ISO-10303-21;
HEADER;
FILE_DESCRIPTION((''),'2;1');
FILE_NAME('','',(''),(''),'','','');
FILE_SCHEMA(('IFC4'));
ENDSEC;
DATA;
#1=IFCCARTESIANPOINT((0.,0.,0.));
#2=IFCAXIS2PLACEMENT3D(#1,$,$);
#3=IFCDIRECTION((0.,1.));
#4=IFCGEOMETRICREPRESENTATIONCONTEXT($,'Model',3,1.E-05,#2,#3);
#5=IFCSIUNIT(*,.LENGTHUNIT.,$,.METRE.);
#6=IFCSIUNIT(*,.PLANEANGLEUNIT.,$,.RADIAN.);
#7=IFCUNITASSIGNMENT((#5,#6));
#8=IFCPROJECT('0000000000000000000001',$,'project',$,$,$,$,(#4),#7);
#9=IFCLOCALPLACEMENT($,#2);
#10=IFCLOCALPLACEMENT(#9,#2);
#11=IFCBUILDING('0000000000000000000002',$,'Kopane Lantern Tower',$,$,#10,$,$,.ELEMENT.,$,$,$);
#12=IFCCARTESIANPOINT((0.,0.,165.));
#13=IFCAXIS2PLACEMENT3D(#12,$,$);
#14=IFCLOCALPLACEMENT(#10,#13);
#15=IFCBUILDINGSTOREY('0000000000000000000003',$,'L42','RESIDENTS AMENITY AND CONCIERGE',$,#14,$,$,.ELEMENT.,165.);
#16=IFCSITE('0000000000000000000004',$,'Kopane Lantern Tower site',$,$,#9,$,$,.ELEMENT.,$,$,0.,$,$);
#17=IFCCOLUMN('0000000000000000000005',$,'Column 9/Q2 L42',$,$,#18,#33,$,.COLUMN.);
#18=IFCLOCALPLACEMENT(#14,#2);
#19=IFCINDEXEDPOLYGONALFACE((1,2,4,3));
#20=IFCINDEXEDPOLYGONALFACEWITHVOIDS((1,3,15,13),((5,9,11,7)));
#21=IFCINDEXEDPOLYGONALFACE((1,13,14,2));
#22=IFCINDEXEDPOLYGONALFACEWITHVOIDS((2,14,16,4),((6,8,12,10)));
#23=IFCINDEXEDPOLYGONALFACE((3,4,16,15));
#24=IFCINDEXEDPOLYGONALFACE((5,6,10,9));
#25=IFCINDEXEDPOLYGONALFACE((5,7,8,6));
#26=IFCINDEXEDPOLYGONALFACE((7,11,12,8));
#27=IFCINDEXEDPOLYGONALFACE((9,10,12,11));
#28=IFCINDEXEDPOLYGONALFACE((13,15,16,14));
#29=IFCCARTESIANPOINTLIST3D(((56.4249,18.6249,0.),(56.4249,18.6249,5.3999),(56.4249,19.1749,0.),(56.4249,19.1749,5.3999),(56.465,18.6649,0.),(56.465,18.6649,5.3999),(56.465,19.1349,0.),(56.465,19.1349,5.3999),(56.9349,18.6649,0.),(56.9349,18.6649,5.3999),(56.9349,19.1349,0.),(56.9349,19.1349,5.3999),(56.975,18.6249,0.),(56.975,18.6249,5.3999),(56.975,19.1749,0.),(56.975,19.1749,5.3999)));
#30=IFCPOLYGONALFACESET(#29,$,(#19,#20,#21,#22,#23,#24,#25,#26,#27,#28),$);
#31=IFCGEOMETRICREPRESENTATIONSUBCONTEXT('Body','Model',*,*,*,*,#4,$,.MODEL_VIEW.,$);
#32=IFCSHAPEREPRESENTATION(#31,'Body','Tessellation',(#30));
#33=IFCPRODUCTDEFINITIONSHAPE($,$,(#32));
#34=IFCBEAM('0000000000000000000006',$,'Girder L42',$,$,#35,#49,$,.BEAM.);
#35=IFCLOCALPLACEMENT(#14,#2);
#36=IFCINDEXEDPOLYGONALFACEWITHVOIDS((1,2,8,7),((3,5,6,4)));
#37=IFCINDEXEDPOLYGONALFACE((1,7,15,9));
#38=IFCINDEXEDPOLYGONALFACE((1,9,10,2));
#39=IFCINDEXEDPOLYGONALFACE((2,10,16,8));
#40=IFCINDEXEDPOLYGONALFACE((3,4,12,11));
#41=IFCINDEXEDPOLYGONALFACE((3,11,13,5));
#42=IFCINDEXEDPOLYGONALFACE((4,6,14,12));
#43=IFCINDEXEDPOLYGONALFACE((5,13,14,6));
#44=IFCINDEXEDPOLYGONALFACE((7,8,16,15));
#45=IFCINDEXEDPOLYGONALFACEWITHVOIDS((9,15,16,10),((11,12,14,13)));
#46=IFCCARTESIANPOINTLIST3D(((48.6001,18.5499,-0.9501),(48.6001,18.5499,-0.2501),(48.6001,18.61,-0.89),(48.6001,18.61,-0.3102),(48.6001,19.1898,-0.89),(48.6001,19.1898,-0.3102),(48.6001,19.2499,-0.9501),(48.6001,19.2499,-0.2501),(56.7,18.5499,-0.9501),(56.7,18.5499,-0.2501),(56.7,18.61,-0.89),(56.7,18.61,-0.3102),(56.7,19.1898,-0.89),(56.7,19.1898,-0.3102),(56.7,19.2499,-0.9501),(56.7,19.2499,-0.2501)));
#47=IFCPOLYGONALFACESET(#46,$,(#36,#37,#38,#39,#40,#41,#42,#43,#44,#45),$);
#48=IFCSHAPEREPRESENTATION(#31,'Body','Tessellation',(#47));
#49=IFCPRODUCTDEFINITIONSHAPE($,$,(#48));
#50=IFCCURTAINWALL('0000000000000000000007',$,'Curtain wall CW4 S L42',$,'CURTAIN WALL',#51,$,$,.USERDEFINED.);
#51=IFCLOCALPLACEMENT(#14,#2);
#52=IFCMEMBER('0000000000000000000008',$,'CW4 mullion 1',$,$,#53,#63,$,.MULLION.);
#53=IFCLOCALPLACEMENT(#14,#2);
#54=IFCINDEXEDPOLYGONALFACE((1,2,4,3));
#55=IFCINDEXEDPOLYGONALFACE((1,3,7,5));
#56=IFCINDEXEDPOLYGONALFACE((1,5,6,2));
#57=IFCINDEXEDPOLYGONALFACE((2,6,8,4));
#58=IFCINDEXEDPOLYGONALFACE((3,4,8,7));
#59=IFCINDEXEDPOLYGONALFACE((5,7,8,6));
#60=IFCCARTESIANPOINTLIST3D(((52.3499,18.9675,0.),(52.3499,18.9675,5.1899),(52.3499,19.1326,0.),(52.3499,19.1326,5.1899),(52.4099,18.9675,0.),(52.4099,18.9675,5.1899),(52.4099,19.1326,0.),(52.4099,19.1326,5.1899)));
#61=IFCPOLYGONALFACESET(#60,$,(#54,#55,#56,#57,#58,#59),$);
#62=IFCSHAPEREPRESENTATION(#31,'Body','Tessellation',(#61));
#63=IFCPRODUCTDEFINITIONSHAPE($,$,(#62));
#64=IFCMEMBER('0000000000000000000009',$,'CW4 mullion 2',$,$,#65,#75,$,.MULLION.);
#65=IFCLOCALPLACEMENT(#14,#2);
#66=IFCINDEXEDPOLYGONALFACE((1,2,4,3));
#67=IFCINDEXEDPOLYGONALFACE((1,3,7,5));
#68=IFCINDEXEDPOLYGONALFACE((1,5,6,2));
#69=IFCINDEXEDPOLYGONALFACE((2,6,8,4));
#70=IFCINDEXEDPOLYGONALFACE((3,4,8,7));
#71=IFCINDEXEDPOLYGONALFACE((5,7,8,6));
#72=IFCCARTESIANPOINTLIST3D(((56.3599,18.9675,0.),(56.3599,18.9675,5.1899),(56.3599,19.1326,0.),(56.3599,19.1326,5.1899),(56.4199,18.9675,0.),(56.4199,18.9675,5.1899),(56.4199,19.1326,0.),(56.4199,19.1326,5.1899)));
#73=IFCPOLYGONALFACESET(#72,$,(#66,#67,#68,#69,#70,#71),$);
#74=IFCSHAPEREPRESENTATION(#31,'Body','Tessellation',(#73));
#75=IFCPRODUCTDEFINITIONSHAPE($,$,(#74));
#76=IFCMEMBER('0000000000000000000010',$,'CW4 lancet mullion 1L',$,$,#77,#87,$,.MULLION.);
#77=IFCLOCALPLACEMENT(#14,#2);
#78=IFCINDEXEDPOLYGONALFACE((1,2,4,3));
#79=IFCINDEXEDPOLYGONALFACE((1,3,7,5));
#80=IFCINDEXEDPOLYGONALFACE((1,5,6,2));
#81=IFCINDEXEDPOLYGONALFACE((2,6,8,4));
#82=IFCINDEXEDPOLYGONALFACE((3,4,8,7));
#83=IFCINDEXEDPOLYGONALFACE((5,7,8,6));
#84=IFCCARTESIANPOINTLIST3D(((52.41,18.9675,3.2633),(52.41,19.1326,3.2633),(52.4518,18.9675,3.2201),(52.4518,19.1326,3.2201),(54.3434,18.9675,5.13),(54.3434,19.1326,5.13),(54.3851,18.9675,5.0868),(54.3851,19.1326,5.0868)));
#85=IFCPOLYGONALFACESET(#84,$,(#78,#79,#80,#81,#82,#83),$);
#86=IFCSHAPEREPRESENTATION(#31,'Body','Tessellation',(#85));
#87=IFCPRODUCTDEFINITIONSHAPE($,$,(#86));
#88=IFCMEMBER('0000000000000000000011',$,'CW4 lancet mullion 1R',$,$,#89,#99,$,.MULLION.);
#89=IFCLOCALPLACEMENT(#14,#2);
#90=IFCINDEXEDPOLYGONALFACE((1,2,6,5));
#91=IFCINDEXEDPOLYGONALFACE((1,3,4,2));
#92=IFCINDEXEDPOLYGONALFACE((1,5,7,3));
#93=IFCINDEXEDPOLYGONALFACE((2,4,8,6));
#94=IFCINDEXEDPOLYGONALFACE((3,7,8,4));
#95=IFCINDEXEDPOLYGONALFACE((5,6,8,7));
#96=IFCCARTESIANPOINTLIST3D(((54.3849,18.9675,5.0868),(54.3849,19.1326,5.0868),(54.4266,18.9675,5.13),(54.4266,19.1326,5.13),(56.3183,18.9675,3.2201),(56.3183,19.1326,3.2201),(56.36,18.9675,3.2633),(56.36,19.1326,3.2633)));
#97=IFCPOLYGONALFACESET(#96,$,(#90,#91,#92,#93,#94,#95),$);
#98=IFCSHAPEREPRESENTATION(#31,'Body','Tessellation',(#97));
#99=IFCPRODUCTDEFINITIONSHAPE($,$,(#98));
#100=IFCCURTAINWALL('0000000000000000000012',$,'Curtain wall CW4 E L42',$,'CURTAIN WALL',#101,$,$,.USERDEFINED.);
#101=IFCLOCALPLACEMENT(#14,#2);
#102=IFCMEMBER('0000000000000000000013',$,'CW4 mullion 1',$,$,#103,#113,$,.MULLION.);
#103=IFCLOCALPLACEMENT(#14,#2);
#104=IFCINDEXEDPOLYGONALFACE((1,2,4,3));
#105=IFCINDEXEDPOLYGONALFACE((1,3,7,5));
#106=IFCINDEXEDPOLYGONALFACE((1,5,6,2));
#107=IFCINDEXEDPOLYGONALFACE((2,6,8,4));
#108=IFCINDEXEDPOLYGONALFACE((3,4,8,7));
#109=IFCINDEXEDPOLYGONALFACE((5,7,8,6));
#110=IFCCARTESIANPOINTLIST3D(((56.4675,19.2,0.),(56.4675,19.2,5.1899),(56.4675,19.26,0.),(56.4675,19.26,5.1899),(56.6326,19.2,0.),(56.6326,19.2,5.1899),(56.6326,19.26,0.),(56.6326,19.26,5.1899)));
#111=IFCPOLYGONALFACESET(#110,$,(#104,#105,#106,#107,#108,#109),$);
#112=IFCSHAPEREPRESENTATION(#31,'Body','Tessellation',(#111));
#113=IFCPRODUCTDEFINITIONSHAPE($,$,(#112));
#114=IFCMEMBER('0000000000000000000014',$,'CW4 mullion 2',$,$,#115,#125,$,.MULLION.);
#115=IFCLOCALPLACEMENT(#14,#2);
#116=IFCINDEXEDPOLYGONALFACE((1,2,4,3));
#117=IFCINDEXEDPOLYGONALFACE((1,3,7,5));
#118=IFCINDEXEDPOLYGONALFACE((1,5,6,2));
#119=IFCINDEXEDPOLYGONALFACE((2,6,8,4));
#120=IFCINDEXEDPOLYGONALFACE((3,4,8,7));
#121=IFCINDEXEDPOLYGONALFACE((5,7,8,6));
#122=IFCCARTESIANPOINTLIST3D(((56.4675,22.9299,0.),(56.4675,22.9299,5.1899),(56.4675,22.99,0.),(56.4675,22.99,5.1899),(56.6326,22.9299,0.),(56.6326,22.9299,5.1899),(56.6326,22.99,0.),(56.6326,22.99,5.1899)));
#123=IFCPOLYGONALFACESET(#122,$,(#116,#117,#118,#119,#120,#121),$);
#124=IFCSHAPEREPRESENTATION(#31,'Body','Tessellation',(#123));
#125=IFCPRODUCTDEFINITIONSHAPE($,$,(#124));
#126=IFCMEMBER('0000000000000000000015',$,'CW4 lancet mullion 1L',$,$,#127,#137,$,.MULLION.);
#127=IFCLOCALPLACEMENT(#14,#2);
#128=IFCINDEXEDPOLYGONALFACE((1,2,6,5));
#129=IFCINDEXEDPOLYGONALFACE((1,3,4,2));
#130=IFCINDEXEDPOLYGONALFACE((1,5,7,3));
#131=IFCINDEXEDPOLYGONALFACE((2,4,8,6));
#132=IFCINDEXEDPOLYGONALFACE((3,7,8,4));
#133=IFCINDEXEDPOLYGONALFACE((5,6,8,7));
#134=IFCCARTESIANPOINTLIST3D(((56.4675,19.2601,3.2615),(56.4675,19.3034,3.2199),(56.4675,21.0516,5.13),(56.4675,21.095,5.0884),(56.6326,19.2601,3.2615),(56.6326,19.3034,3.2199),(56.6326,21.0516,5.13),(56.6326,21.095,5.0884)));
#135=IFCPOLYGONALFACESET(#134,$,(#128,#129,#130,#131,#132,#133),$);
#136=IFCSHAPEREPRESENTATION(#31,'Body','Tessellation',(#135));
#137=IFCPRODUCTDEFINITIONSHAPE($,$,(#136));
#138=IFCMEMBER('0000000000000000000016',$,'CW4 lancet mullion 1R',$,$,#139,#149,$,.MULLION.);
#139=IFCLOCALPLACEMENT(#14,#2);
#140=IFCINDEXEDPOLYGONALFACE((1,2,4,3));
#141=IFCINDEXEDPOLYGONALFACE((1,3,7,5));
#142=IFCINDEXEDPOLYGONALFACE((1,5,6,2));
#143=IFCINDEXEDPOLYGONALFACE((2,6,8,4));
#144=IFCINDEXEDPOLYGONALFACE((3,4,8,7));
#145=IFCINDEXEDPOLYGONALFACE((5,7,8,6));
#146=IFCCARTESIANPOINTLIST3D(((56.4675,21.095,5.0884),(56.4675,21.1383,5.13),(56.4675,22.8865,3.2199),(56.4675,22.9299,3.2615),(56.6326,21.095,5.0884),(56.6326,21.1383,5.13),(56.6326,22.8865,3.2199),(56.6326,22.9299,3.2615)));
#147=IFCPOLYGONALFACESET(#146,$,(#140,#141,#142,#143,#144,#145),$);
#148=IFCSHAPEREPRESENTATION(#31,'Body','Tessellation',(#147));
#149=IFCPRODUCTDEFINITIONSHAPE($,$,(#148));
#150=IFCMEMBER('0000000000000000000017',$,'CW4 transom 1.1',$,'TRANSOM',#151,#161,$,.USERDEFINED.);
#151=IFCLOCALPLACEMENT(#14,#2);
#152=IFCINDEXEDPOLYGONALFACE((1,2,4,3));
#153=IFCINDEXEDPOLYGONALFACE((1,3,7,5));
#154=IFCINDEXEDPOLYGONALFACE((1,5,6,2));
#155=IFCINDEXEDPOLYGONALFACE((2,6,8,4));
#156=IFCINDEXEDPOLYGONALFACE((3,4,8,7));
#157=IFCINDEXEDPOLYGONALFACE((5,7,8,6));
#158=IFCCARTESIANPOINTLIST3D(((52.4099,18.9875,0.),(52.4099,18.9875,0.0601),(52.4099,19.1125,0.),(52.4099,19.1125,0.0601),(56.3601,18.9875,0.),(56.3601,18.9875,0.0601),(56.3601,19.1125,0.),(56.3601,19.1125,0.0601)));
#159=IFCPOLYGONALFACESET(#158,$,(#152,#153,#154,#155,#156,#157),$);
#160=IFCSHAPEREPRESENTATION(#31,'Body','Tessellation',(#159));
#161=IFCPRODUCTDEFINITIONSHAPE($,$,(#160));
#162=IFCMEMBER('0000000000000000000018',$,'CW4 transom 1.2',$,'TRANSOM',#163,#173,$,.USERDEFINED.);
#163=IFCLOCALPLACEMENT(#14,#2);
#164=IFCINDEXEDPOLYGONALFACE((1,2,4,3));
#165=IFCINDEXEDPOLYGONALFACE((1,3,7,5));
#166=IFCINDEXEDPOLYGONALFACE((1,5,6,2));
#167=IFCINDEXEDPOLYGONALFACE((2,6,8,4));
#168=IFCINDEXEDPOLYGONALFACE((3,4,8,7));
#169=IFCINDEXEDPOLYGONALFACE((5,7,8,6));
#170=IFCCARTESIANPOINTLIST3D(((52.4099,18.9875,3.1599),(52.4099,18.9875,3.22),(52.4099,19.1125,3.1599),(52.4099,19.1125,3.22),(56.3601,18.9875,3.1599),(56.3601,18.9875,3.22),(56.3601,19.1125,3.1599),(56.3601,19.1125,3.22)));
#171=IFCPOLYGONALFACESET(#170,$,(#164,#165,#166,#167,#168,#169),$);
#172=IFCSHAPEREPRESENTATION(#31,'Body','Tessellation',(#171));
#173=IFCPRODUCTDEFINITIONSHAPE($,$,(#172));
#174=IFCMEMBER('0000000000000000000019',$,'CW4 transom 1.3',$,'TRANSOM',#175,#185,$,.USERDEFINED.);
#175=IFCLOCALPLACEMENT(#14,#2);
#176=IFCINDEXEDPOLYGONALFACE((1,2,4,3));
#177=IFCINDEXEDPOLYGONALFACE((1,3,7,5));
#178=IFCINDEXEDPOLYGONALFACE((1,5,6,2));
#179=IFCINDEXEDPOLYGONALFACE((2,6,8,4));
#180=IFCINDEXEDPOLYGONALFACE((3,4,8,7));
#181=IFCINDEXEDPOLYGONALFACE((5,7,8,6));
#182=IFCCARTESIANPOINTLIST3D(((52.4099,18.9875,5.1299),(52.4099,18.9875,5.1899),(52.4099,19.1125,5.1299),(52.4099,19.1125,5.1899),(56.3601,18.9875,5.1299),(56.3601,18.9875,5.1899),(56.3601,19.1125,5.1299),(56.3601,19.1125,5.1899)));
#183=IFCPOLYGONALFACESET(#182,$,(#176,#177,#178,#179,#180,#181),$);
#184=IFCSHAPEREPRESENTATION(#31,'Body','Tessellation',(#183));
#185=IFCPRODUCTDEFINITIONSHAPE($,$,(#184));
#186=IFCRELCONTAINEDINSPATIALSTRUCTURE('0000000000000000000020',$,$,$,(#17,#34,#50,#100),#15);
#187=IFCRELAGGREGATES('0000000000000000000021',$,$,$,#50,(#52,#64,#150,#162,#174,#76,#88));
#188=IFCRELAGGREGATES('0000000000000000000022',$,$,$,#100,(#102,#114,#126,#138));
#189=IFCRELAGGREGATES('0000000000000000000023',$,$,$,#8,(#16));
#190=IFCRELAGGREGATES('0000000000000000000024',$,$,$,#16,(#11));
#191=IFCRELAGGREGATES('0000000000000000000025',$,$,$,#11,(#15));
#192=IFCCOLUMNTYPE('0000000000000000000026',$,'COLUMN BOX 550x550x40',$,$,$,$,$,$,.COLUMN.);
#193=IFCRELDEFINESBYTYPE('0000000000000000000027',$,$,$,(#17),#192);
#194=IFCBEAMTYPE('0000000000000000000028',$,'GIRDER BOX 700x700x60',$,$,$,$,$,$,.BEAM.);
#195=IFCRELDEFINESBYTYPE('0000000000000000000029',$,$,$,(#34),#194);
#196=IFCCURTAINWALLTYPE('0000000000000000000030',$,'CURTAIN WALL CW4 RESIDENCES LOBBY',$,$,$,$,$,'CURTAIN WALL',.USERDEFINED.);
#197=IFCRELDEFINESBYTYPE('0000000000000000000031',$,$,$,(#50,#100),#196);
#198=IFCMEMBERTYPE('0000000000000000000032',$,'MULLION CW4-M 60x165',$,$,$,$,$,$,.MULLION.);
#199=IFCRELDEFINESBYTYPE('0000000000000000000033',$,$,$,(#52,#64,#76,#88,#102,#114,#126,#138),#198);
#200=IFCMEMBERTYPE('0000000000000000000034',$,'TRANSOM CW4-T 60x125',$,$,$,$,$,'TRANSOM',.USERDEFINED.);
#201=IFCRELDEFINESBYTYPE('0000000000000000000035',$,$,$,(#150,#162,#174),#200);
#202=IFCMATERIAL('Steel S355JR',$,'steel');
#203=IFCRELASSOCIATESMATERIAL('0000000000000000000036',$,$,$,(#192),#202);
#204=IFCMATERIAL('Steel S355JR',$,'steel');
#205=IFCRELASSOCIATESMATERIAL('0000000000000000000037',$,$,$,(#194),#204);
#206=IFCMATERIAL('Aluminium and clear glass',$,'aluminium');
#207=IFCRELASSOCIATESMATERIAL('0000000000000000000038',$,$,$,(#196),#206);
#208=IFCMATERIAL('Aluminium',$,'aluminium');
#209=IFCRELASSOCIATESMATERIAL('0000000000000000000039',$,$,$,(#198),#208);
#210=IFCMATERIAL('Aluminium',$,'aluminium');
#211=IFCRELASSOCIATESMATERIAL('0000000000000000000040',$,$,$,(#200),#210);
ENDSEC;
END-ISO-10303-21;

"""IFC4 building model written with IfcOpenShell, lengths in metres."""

from ifc_helpers import new_model, si_unit, direction, frame, origin, origin_2d, place, context, subcontext, project, spatial, rectangle, hollow_rectangle, extrude, material, material_profile, profile_set, type_object, element, aggregate, save


model = new_model("IFC4")

# Units and contexts
model_context = context("Model", 3, precision=1e-05, world=origin(), true_north=direction((0.0, 1.0)))
body_context = subcontext(model_context, "Body", "Model", "MODEL_VIEW")
ifc_project = project(units=[si_unit("LENGTHUNIT", "METRE"), si_unit("PLANEANGLEUNIT", "RADIAN")], contexts=[model_context])

# Site, building, storey
site_placement = place(None, origin())
site = spatial("IfcSite", under=ifc_project, at=site_placement, Name="Kopane Lantern Tower site", CompositionType="ELEMENT", RefElevation=0.0)
building_placement = place(site_placement, origin())
building = spatial("IfcBuilding", under=site, at=building_placement, Name="Kopane Lantern Tower", CompositionType="ELEMENT")
storey_placement = place(building_placement, frame((0.0, 0.0, 165.0)))
storey = spatial("IfcBuildingStorey", under=building, at=storey_placement, Name="L42", Description="RESIDENTS AMENITY AND CONCIERGE", CompositionType="ELEMENT", Elevation=165.0)

# Column
ifc_material_1 = material(Name="Steel S355JR", Category="steel")
ifc_material_profile_1 = material_profile(ifc_material_1, hollow_rectangle(XDim=0.55, YDim=0.55, WallThickness=0.04, at=origin_2d()), Name="BOX 550x550x40")
ifc_profile_set_1 = profile_set([ifc_material_profile_1], Name="Steel S355JR")
column_type = type_object("IfcColumnType", Name="COLUMN BOX 550x550x40", PredefinedType="COLUMN", material=ifc_profile_set_1)
column_placement = place(storey_placement, frame((56.7, 18.8999, 0.0), z_axis=(0.0, 0.0, 1.0), x_axis=(1.0, 0.0, 0.0)))
element("IfcColumn", 1, at=column_placement, inside=storey, type_object=column_type, Name="Column 9/Q2 L42", PredefinedType="COLUMN", context=body_context, shape_type="SweptSolid", body=[
    extrude(hollow_rectangle(XDim=0.55, YDim=0.55, WallThickness=0.04, at=origin_2d()), origin(), (0.0, 0.0, 1.0), 5.3999),
])

# Beam
ifc_material_2 = material(Name="Steel S355JR", Category="steel")
ifc_material_profile_2 = material_profile(ifc_material_2, hollow_rectangle(XDim=0.7, YDim=0.7, WallThickness=0.0601, at=origin_2d()), Name="BOX 700x700x60")
ifc_profile_set_2 = profile_set([ifc_material_profile_2], Name="Steel S355JR")
beam_type = type_object("IfcBeamType", Name="GIRDER BOX 700x700x60", PredefinedType="BEAM", material=ifc_profile_set_2)
beam_placement = place(storey_placement, frame((48.6001, 18.8999, -0.6001), z_axis=(1.0, 0.0, 0.0), x_axis=(0.0, 1.0, 0.0)))
element("IfcBeam", 2, at=beam_placement, inside=storey, type_object=beam_type, Name="Girder L42", PredefinedType="BEAM", context=body_context, shape_type="SweptSolid", body=[
    extrude(hollow_rectangle(XDim=0.7, YDim=0.7, WallThickness=0.0601, at=origin_2d()), origin(), (0.0, 0.0, 1.0), 8.0999),
])

# Curtain walls, members
ifc_material_3 = material(Name="Aluminium and clear glass", Category="aluminium")
curtain_wall_type = type_object("IfcCurtainWallType", Name="CURTAIN WALL CW4 RESIDENCES LOBBY", ElementType="CURTAIN WALL", PredefinedType="USERDEFINED", material=ifc_material_3)
curtain_wall_1_placement = place(storey_placement, origin())
curtain_wall_1 = element("IfcCurtainWall", 3, at=curtain_wall_1_placement, inside=storey, type_object=curtain_wall_type, Name="Curtain wall CW4 S L42", ObjectType="CURTAIN WALL", PredefinedType="USERDEFINED")
ifc_material_4 = material(Name="Aluminium", Category="aluminium")
ifc_material_profile_3 = material_profile(ifc_material_4, rectangle(XDim=0.0601, YDim=0.165, at=origin_2d()), Name="AL 60x165")
ifc_profile_set_3 = profile_set([ifc_material_profile_3], Name="Aluminium")
member_type_1 = type_object("IfcMemberType", Name="MULLION CW4-M 60x165", PredefinedType="MULLION", material=ifc_profile_set_3)
member_1_placement = place(storey_placement, frame((52.3799, 19.05, 0.0), z_axis=(0.0, 0.0, 1.0), x_axis=(1.0, 0.0, 0.0)))
member_1 = element("IfcMember", 4, at=member_1_placement, type_object=member_type_1, Name="CW4 mullion 1", PredefinedType="MULLION", context=body_context, shape_type="SweptSolid", body=[
    extrude(rectangle(XDim=0.0601, YDim=0.165, at=origin_2d()), origin(), (0.0, 0.0, 1.0), 5.1899),
])
member_2_placement = place(storey_placement, frame((56.3899, 19.05, 0.0), z_axis=(0.0, 0.0, 1.0), x_axis=(1.0, 0.0, 0.0)))
member_2 = element("IfcMember", 5, at=member_2_placement, type_object=member_type_1, Name="CW4 mullion 2", PredefinedType="MULLION", context=body_context, shape_type="SweptSolid", body=[
    extrude(rectangle(XDim=0.0601, YDim=0.165, at=origin_2d()), origin(), (0.0, 0.0, 1.0), 5.1899),
])
member_3_placement = place(storey_placement, frame((52.4309, 19.05, 3.2417), z_axis=(0.719398, 0.0, 0.694598), x_axis=(-0.694598, 0.0, 0.719398)))
member_3 = element("IfcMember", 6, at=member_3_placement, type_object=member_type_1, Name="CW4 lancet mullion 1L", PredefinedType="MULLION", context=body_context, shape_type="SweptSolid", body=[
    extrude(rectangle(XDim=0.0601, YDim=0.165, at=origin_2d()), origin(), (0.0, 0.0, 1.0), 2.6875),
])
member_4_placement = place(storey_placement, frame((56.3391, 19.05, 3.2417), z_axis=(-0.719398, 0.0, 0.694598), x_axis=(0.694598, 0.0, 0.719398)))
member_4 = element("IfcMember", 7, at=member_4_placement, type_object=member_type_1, Name="CW4 lancet mullion 1R", PredefinedType="MULLION", context=body_context, shape_type="SweptSolid", body=[
    extrude(rectangle(XDim=0.0601, YDim=0.165, at=origin_2d()), origin(), (0.0, 0.0, 1.0), 2.6875),
])
curtain_wall_2_placement = place(storey_placement, origin())
curtain_wall_2 = element("IfcCurtainWall", 8, at=curtain_wall_2_placement, inside=storey, type_object=curtain_wall_type, Name="Curtain wall CW4 E L42", ObjectType="CURTAIN WALL", PredefinedType="USERDEFINED")
member_5_placement = place(storey_placement, frame((56.55, 19.23, 0.0), z_axis=(0.0, 0.0, 1.0), x_axis=(0.0, 1.0, 0.0)))
member_5 = element("IfcMember", 9, at=member_5_placement, type_object=member_type_1, Name="CW4 mullion 1", PredefinedType="MULLION", context=body_context, shape_type="SweptSolid", body=[
    extrude(rectangle(XDim=0.0601, YDim=0.165, at=origin_2d()), origin(), (0.0, 0.0, 1.0), 5.1899),
])
member_6_placement = place(storey_placement, frame((56.55, 22.96, 0.0), z_axis=(0.0, 0.0, 1.0), x_axis=(0.0, 1.0, 0.0)))
member_6 = element("IfcMember", 10, at=member_6_placement, type_object=member_type_1, Name="CW4 mullion 2", PredefinedType="MULLION", context=body_context, shape_type="SweptSolid", body=[
    extrude(rectangle(XDim=0.0601, YDim=0.165, at=origin_2d()), origin(), (0.0, 0.0, 1.0), 5.1899),
])
member_7_placement = place(storey_placement, frame((56.55, 19.2817, 3.2407), z_axis=(0.0, 0.692096, 0.721806), x_axis=(0.0, -0.721806, 0.692096)))
member_7 = element("IfcMember", 11, at=member_7_placement, type_object=member_type_1, Name="CW4 lancet mullion 1L", PredefinedType="MULLION", context=body_context, shape_type="SweptSolid", body=[
    extrude(rectangle(XDim=0.0601, YDim=0.165, at=origin_2d()), origin(), (0.0, 0.0, 1.0), 2.5886),
])
member_8_placement = place(storey_placement, frame((56.55, 22.9082, 3.2407), z_axis=(0.0, -0.692096, 0.721806), x_axis=(0.0, 0.721806, 0.692096)))
member_8 = element("IfcMember", 12, at=member_8_placement, type_object=member_type_1, Name="CW4 lancet mullion 1R", PredefinedType="MULLION", context=body_context, shape_type="SweptSolid", body=[
    extrude(rectangle(XDim=0.0601, YDim=0.165, at=origin_2d()), origin(), (0.0, 0.0, 1.0), 2.5886),
])

# Members
ifc_material_5 = material(Name="Aluminium", Category="aluminium")
ifc_material_profile_4 = material_profile(ifc_material_5, rectangle(XDim=0.125, YDim=0.0601, at=origin_2d()), Name="AL 125x60")
ifc_profile_set_4 = profile_set([ifc_material_profile_4], Name="Aluminium")
member_type_2 = type_object("IfcMemberType", Name="TRANSOM CW4-T 60x125", ElementType="TRANSOM", PredefinedType="USERDEFINED", material=ifc_profile_set_4)
member_9_placement = place(storey_placement, frame((52.4099, 19.05, 0.03), z_axis=(1.0, 0.0, 0.0), x_axis=(0.0, 1.0, 0.0)))
member_9 = element("IfcMember", 13, at=member_9_placement, type_object=member_type_2, Name="CW4 transom 1.1", ObjectType="TRANSOM", PredefinedType="USERDEFINED", context=body_context, shape_type="SweptSolid", body=[
    extrude(rectangle(XDim=0.125, YDim=0.0601, at=origin_2d()), origin(), (0.0, 0.0, 1.0), 3.9502),
])
member_10_placement = place(storey_placement, frame((52.4099, 19.05, 3.1899), z_axis=(1.0, 0.0, 0.0), x_axis=(0.0, 1.0, 0.0)))
member_10 = element("IfcMember", 14, at=member_10_placement, type_object=member_type_2, Name="CW4 transom 1.2", ObjectType="TRANSOM", PredefinedType="USERDEFINED", context=body_context, shape_type="SweptSolid", body=[
    extrude(rectangle(XDim=0.125, YDim=0.0601, at=origin_2d()), origin(), (0.0, 0.0, 1.0), 3.9502),
])
member_11_placement = place(storey_placement, frame((52.4099, 19.05, 5.1599), z_axis=(1.0, 0.0, 0.0), x_axis=(0.0, 1.0, 0.0)))
member_11 = element("IfcMember", 15, at=member_11_placement, type_object=member_type_2, Name="CW4 transom 1.3", ObjectType="TRANSOM", PredefinedType="USERDEFINED", context=body_context, shape_type="SweptSolid", body=[
    extrude(rectangle(XDim=0.125, YDim=0.0601, at=origin_2d()), origin(), (0.0, 0.0, 1.0), 3.9502),
])

aggregate(curtain_wall_1, [member_1, member_2, member_9, member_10, member_11, member_3, member_4])
aggregate(curtain_wall_2, [member_5, member_6, member_7, member_8])

save(model, "model.ifc")
